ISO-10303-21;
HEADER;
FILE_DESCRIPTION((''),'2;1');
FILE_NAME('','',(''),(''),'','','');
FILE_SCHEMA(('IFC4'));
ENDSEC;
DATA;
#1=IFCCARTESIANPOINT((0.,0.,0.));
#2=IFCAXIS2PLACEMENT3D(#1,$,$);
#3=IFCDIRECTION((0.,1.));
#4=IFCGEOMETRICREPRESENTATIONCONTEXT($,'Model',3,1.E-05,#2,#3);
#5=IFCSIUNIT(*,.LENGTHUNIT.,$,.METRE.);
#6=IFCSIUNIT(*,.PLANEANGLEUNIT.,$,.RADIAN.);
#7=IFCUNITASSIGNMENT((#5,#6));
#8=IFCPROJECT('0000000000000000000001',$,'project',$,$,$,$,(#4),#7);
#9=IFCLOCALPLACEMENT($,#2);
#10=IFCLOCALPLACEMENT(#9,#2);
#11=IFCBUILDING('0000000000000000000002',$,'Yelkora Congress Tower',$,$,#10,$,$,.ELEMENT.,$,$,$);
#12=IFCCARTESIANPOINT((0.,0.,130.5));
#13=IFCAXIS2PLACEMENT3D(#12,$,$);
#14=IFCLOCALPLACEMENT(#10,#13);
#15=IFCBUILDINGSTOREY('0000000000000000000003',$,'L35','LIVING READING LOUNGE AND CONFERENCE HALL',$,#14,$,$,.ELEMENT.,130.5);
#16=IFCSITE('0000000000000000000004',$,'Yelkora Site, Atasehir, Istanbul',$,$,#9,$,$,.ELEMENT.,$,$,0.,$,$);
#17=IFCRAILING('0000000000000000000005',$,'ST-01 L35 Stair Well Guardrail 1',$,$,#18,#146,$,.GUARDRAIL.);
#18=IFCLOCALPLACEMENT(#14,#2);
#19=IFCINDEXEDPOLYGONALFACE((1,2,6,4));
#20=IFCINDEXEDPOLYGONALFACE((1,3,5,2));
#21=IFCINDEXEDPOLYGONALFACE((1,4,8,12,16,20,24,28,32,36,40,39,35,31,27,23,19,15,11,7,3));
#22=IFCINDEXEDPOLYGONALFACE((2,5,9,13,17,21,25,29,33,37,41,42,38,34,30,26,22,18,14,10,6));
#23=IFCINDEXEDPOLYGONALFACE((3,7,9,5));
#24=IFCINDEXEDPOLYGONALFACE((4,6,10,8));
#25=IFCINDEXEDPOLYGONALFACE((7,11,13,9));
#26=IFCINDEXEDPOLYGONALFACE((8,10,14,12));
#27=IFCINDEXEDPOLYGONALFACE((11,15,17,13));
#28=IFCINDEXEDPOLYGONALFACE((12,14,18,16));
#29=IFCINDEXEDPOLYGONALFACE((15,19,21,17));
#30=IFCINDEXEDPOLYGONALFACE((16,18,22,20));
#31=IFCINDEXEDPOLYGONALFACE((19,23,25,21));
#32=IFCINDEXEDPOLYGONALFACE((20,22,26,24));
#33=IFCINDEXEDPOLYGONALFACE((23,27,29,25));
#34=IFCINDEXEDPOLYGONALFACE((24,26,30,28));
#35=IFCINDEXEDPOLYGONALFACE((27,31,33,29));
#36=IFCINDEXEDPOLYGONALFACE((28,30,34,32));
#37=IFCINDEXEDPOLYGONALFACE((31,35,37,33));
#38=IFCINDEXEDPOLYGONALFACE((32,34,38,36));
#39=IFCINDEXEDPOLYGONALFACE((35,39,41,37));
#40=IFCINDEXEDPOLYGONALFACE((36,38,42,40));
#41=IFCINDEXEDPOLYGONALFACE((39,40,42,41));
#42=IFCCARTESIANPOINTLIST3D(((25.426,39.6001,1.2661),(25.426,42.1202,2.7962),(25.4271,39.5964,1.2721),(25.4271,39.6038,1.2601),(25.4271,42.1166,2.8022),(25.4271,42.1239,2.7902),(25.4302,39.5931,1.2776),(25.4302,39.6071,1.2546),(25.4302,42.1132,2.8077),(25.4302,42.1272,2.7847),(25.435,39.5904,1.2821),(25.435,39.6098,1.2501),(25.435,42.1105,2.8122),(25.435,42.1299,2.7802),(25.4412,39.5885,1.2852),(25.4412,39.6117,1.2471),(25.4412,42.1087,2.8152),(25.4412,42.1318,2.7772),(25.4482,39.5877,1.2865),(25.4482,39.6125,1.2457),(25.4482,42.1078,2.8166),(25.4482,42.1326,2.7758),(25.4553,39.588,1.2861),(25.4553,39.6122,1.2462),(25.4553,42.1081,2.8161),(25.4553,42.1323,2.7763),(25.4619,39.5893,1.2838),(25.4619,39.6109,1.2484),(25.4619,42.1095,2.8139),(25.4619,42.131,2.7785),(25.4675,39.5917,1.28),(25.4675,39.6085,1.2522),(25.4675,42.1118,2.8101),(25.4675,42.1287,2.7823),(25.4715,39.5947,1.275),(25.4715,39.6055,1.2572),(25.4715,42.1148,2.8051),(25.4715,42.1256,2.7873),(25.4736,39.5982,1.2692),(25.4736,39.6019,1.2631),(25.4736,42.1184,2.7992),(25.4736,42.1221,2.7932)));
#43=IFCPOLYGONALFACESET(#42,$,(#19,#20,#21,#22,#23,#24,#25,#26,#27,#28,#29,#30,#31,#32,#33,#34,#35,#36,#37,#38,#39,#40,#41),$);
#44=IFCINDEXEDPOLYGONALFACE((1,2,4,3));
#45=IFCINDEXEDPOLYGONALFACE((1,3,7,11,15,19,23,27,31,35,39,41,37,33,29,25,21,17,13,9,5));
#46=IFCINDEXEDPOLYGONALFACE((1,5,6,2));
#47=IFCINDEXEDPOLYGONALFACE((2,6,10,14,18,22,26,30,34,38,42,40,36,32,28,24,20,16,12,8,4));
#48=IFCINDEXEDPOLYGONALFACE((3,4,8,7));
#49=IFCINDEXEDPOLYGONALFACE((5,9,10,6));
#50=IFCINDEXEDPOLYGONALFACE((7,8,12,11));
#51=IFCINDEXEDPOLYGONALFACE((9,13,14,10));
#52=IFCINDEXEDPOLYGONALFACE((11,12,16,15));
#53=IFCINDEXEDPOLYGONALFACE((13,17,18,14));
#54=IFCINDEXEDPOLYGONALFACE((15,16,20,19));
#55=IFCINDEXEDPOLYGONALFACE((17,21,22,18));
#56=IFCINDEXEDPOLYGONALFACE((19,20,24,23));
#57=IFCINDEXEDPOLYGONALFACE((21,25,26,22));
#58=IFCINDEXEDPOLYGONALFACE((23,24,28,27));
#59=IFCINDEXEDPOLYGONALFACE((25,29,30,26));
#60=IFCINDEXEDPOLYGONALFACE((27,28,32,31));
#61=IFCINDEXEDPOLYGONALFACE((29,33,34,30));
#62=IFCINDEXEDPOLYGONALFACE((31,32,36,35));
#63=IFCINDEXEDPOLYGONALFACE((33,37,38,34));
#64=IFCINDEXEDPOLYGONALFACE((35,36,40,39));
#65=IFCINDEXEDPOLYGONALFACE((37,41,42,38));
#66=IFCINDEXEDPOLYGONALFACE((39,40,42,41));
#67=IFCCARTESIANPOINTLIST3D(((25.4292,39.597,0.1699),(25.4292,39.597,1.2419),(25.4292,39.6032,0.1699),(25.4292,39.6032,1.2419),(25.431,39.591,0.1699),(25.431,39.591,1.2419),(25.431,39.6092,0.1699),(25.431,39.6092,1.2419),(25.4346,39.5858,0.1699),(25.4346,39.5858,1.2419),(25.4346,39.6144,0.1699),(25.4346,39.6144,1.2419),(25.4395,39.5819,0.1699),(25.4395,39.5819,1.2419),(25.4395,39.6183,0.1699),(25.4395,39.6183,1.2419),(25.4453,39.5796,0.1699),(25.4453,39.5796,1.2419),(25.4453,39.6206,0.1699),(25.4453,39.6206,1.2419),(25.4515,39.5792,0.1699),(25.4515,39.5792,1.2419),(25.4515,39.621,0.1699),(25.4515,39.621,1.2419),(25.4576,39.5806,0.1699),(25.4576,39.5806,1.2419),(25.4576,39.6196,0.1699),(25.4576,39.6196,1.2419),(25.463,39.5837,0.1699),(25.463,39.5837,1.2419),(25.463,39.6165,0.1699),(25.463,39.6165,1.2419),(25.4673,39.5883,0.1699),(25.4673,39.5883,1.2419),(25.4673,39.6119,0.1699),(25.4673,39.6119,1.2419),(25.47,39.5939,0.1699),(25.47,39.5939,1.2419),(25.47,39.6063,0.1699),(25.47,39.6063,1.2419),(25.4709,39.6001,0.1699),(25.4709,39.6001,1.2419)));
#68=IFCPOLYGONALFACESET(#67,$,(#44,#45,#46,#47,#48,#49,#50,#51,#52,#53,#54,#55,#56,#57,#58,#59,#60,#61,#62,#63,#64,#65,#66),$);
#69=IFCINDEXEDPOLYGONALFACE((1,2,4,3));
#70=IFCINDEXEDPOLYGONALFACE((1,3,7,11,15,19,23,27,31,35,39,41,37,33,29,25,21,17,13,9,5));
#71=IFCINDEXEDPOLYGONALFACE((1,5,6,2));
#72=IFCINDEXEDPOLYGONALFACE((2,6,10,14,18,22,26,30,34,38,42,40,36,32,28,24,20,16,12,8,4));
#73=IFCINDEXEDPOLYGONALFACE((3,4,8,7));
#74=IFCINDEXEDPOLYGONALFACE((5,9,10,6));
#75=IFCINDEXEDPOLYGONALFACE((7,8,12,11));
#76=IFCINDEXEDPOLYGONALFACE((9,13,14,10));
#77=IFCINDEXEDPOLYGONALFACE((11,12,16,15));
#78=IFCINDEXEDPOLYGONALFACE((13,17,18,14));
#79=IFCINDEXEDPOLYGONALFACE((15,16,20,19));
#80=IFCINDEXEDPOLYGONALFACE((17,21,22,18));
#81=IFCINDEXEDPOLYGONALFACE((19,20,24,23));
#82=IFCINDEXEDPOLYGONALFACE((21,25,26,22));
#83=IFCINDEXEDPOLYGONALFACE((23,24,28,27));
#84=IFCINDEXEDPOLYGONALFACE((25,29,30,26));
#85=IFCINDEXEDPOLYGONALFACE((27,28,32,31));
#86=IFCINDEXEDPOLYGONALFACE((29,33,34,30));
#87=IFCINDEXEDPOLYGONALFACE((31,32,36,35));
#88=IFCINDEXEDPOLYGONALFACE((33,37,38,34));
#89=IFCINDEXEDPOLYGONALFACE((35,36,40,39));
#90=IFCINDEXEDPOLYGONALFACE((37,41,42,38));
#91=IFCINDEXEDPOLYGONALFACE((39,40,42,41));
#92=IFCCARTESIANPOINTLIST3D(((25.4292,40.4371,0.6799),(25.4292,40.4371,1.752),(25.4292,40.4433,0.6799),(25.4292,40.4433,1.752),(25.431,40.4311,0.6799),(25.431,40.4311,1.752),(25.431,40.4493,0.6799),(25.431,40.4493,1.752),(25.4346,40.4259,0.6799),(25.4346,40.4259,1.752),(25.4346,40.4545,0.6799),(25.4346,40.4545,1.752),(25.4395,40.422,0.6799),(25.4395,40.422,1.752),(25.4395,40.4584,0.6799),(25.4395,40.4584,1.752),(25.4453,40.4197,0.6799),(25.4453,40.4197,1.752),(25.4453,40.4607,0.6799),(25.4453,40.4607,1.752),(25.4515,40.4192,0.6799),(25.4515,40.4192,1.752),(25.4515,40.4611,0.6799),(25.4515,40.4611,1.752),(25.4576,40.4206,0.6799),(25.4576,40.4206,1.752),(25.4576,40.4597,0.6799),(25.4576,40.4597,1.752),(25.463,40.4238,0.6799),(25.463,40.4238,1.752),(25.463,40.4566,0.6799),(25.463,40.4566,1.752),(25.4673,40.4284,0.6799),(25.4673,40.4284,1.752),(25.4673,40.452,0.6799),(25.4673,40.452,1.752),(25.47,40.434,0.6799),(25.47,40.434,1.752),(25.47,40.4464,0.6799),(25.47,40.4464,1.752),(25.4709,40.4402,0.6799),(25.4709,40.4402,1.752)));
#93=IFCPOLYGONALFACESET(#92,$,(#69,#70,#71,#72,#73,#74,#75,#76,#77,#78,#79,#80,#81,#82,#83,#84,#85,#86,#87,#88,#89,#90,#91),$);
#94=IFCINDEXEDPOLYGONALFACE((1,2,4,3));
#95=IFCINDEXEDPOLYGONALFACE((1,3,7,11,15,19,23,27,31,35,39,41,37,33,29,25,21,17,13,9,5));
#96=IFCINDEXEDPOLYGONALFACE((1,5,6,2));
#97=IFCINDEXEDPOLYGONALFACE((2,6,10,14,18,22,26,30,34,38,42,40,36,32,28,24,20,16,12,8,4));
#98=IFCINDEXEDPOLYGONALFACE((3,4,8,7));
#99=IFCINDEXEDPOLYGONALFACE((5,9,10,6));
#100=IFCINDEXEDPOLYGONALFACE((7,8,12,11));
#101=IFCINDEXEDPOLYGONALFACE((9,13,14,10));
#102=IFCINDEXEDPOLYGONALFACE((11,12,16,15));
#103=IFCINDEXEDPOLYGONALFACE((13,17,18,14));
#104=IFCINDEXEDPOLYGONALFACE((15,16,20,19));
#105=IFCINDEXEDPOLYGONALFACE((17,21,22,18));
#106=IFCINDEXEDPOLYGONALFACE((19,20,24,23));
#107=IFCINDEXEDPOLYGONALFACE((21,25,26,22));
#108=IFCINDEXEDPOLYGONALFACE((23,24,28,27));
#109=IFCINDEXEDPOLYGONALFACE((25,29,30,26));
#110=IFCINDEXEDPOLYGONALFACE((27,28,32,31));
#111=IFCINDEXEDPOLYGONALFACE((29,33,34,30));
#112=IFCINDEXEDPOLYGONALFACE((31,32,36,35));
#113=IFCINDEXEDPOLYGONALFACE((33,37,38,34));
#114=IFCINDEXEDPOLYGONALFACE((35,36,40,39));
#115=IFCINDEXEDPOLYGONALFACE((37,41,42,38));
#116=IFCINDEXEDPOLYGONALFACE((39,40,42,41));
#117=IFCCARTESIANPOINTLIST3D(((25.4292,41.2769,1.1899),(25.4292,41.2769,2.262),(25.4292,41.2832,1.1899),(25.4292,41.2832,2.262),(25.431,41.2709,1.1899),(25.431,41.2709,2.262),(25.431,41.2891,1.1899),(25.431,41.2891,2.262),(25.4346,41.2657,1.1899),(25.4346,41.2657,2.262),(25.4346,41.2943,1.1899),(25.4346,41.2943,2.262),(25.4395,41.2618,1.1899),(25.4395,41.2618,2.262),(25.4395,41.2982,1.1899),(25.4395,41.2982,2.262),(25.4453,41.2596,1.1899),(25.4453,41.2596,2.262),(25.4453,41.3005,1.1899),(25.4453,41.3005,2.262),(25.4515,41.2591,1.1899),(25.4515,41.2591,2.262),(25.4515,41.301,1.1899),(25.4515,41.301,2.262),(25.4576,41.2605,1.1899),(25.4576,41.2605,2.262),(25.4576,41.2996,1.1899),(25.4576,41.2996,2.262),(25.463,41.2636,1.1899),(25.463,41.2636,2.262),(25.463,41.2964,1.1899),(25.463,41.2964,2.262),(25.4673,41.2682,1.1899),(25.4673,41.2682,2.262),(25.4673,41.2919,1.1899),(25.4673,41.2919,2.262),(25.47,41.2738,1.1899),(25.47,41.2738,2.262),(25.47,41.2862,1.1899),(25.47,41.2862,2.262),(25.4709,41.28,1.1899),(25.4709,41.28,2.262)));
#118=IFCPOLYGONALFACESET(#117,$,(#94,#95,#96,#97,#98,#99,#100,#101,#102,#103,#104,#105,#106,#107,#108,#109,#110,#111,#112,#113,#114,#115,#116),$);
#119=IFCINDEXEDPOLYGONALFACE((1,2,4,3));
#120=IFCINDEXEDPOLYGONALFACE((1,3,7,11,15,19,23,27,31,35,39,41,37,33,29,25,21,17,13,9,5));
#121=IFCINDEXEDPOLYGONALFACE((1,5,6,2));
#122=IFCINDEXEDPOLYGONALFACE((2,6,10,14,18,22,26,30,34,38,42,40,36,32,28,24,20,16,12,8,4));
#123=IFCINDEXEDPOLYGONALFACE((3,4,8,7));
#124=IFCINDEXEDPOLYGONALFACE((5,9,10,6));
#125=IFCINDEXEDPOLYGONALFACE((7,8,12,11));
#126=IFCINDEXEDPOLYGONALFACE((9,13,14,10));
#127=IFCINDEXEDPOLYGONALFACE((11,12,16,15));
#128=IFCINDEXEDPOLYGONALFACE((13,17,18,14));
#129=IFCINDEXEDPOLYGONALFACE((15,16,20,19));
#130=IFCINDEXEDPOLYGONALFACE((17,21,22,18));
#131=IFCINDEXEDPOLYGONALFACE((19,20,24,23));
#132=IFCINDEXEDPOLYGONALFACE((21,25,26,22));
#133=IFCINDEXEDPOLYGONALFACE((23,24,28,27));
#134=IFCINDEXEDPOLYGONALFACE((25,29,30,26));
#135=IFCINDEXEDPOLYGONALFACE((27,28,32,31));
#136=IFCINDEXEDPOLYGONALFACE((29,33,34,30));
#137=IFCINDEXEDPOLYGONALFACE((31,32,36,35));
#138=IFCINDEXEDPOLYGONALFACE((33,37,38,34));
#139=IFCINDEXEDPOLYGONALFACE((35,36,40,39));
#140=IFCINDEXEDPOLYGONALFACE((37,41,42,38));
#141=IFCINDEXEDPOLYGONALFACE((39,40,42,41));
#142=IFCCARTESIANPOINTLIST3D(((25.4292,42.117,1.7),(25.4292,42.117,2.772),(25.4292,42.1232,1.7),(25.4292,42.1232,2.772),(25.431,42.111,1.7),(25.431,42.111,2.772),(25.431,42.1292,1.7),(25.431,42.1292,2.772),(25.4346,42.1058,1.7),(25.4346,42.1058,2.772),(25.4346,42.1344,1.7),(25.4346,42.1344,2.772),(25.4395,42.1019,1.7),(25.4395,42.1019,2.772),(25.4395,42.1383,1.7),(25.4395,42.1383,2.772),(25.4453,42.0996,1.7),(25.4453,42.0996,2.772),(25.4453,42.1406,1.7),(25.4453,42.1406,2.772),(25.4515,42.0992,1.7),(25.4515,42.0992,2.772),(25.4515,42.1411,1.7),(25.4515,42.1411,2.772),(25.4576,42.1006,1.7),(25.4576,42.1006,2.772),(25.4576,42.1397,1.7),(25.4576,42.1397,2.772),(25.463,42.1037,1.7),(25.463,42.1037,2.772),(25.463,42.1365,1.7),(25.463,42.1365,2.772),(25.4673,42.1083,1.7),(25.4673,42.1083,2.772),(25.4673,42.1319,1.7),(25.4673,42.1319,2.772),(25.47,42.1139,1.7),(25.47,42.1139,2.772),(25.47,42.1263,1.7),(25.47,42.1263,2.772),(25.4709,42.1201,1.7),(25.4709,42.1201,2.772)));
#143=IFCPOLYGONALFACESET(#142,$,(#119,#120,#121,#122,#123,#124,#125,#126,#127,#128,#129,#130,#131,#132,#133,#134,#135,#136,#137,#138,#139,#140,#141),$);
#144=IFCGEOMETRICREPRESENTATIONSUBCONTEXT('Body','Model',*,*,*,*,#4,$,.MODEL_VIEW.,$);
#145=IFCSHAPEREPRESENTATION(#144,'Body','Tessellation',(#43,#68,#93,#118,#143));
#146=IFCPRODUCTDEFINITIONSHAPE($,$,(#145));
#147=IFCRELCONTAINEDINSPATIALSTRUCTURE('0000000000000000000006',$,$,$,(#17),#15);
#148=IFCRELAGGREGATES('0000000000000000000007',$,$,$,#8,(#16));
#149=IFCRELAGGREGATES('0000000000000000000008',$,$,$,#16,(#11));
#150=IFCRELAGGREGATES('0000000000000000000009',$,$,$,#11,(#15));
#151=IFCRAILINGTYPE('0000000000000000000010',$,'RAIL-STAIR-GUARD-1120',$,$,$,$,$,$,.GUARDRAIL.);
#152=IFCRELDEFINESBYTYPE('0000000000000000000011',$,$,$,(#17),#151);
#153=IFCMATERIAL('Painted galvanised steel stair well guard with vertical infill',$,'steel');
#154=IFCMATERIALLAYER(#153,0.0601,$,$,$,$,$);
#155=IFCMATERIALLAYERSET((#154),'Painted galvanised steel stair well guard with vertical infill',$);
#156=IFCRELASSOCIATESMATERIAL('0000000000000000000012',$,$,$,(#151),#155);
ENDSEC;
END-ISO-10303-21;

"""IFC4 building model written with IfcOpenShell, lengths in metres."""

from ifc_helpers import new_model, si_unit, direction, frame, origin, origin_2d, place, context, subcontext, project, spatial, circle, extrude, material, layer, layer_set, type_object, element, save


model = new_model("IFC4")

# Units and contexts
model_context = context("Model", 3, precision=1e-05, world=origin(), true_north=direction((0.0, 1.0)))
body_context = subcontext(model_context, "Body", "Model", "MODEL_VIEW")
ifc_project = project(units=[si_unit("LENGTHUNIT", "METRE"), si_unit("PLANEANGLEUNIT", "RADIAN")], contexts=[model_context])

# Site, building, storey
site_placement = place(None, origin())
site = spatial("IfcSite", under=ifc_project, at=site_placement, Name="Yelkora Site, Atasehir, Istanbul", CompositionType="ELEMENT", RefElevation=0.0)
building_placement = place(site_placement, origin())
building = spatial("IfcBuilding", under=site, at=building_placement, Name="Yelkora Congress Tower", CompositionType="ELEMENT")
storey_placement = place(building_placement, frame((0.0, 0.0, 130.5)))
storey = spatial("IfcBuildingStorey", under=building, at=storey_placement, Name="L35", Description="LIVING READING LOUNGE AND CONFERENCE HALL", CompositionType="ELEMENT", Elevation=130.5)

# Railing
ifc_material_1 = material(Name="Painted galvanised steel stair well guard with vertical infill", Category="steel")
ifc_layer_1 = layer(ifc_material_1, 0.0601)
ifc_layer_set_1 = layer_set([ifc_layer_1], Name="Painted galvanised steel stair well guard with vertical infill")
railing_type_1 = type_object("IfcRailingType", Name="RAIL-STAIR-GUARD-1120", PredefinedType="GUARDRAIL", material=ifc_layer_set_1)
railing_1_placement = place(storey_placement, frame((25.45, 39.6001, 0.1699)))
element("IfcRailing", 1, at=railing_1_placement, inside=storey, type_object=railing_type_1, Name="ST-01 L35 Stair Well Guardrail 1", PredefinedType="GUARDRAIL", context=body_context, shape_type="SweptSolid", body=[
    extrude(circle(Radius=0.0239, at=origin_2d()), frame((0.0, 0.0, 1.0962), z_axis=(0.0, 0.854785, 0.518982), x_axis=(-1.0, 0.0, 0.0)), (0.0, 0.0, 1.0), 2.9482),
    extrude(circle(Radius=0.021, at=origin_2d()), origin(), (0.0, 0.0, 1.0), 1.072),
    extrude(circle(Radius=0.021, at=origin_2d()), frame((0.0, 0.8401, 0.51)), (0.0, 0.0, 1.0), 1.072),
    extrude(circle(Radius=0.021, at=origin_2d()), frame((0.0, 1.6799, 1.02)), (0.0, 0.0, 1.0), 1.072),
    extrude(circle(Radius=0.021, at=origin_2d()), frame((0.0, 2.52, 1.53)), (0.0, 0.0, 1.0), 1.072),
])

save(model, "model.ifc")
